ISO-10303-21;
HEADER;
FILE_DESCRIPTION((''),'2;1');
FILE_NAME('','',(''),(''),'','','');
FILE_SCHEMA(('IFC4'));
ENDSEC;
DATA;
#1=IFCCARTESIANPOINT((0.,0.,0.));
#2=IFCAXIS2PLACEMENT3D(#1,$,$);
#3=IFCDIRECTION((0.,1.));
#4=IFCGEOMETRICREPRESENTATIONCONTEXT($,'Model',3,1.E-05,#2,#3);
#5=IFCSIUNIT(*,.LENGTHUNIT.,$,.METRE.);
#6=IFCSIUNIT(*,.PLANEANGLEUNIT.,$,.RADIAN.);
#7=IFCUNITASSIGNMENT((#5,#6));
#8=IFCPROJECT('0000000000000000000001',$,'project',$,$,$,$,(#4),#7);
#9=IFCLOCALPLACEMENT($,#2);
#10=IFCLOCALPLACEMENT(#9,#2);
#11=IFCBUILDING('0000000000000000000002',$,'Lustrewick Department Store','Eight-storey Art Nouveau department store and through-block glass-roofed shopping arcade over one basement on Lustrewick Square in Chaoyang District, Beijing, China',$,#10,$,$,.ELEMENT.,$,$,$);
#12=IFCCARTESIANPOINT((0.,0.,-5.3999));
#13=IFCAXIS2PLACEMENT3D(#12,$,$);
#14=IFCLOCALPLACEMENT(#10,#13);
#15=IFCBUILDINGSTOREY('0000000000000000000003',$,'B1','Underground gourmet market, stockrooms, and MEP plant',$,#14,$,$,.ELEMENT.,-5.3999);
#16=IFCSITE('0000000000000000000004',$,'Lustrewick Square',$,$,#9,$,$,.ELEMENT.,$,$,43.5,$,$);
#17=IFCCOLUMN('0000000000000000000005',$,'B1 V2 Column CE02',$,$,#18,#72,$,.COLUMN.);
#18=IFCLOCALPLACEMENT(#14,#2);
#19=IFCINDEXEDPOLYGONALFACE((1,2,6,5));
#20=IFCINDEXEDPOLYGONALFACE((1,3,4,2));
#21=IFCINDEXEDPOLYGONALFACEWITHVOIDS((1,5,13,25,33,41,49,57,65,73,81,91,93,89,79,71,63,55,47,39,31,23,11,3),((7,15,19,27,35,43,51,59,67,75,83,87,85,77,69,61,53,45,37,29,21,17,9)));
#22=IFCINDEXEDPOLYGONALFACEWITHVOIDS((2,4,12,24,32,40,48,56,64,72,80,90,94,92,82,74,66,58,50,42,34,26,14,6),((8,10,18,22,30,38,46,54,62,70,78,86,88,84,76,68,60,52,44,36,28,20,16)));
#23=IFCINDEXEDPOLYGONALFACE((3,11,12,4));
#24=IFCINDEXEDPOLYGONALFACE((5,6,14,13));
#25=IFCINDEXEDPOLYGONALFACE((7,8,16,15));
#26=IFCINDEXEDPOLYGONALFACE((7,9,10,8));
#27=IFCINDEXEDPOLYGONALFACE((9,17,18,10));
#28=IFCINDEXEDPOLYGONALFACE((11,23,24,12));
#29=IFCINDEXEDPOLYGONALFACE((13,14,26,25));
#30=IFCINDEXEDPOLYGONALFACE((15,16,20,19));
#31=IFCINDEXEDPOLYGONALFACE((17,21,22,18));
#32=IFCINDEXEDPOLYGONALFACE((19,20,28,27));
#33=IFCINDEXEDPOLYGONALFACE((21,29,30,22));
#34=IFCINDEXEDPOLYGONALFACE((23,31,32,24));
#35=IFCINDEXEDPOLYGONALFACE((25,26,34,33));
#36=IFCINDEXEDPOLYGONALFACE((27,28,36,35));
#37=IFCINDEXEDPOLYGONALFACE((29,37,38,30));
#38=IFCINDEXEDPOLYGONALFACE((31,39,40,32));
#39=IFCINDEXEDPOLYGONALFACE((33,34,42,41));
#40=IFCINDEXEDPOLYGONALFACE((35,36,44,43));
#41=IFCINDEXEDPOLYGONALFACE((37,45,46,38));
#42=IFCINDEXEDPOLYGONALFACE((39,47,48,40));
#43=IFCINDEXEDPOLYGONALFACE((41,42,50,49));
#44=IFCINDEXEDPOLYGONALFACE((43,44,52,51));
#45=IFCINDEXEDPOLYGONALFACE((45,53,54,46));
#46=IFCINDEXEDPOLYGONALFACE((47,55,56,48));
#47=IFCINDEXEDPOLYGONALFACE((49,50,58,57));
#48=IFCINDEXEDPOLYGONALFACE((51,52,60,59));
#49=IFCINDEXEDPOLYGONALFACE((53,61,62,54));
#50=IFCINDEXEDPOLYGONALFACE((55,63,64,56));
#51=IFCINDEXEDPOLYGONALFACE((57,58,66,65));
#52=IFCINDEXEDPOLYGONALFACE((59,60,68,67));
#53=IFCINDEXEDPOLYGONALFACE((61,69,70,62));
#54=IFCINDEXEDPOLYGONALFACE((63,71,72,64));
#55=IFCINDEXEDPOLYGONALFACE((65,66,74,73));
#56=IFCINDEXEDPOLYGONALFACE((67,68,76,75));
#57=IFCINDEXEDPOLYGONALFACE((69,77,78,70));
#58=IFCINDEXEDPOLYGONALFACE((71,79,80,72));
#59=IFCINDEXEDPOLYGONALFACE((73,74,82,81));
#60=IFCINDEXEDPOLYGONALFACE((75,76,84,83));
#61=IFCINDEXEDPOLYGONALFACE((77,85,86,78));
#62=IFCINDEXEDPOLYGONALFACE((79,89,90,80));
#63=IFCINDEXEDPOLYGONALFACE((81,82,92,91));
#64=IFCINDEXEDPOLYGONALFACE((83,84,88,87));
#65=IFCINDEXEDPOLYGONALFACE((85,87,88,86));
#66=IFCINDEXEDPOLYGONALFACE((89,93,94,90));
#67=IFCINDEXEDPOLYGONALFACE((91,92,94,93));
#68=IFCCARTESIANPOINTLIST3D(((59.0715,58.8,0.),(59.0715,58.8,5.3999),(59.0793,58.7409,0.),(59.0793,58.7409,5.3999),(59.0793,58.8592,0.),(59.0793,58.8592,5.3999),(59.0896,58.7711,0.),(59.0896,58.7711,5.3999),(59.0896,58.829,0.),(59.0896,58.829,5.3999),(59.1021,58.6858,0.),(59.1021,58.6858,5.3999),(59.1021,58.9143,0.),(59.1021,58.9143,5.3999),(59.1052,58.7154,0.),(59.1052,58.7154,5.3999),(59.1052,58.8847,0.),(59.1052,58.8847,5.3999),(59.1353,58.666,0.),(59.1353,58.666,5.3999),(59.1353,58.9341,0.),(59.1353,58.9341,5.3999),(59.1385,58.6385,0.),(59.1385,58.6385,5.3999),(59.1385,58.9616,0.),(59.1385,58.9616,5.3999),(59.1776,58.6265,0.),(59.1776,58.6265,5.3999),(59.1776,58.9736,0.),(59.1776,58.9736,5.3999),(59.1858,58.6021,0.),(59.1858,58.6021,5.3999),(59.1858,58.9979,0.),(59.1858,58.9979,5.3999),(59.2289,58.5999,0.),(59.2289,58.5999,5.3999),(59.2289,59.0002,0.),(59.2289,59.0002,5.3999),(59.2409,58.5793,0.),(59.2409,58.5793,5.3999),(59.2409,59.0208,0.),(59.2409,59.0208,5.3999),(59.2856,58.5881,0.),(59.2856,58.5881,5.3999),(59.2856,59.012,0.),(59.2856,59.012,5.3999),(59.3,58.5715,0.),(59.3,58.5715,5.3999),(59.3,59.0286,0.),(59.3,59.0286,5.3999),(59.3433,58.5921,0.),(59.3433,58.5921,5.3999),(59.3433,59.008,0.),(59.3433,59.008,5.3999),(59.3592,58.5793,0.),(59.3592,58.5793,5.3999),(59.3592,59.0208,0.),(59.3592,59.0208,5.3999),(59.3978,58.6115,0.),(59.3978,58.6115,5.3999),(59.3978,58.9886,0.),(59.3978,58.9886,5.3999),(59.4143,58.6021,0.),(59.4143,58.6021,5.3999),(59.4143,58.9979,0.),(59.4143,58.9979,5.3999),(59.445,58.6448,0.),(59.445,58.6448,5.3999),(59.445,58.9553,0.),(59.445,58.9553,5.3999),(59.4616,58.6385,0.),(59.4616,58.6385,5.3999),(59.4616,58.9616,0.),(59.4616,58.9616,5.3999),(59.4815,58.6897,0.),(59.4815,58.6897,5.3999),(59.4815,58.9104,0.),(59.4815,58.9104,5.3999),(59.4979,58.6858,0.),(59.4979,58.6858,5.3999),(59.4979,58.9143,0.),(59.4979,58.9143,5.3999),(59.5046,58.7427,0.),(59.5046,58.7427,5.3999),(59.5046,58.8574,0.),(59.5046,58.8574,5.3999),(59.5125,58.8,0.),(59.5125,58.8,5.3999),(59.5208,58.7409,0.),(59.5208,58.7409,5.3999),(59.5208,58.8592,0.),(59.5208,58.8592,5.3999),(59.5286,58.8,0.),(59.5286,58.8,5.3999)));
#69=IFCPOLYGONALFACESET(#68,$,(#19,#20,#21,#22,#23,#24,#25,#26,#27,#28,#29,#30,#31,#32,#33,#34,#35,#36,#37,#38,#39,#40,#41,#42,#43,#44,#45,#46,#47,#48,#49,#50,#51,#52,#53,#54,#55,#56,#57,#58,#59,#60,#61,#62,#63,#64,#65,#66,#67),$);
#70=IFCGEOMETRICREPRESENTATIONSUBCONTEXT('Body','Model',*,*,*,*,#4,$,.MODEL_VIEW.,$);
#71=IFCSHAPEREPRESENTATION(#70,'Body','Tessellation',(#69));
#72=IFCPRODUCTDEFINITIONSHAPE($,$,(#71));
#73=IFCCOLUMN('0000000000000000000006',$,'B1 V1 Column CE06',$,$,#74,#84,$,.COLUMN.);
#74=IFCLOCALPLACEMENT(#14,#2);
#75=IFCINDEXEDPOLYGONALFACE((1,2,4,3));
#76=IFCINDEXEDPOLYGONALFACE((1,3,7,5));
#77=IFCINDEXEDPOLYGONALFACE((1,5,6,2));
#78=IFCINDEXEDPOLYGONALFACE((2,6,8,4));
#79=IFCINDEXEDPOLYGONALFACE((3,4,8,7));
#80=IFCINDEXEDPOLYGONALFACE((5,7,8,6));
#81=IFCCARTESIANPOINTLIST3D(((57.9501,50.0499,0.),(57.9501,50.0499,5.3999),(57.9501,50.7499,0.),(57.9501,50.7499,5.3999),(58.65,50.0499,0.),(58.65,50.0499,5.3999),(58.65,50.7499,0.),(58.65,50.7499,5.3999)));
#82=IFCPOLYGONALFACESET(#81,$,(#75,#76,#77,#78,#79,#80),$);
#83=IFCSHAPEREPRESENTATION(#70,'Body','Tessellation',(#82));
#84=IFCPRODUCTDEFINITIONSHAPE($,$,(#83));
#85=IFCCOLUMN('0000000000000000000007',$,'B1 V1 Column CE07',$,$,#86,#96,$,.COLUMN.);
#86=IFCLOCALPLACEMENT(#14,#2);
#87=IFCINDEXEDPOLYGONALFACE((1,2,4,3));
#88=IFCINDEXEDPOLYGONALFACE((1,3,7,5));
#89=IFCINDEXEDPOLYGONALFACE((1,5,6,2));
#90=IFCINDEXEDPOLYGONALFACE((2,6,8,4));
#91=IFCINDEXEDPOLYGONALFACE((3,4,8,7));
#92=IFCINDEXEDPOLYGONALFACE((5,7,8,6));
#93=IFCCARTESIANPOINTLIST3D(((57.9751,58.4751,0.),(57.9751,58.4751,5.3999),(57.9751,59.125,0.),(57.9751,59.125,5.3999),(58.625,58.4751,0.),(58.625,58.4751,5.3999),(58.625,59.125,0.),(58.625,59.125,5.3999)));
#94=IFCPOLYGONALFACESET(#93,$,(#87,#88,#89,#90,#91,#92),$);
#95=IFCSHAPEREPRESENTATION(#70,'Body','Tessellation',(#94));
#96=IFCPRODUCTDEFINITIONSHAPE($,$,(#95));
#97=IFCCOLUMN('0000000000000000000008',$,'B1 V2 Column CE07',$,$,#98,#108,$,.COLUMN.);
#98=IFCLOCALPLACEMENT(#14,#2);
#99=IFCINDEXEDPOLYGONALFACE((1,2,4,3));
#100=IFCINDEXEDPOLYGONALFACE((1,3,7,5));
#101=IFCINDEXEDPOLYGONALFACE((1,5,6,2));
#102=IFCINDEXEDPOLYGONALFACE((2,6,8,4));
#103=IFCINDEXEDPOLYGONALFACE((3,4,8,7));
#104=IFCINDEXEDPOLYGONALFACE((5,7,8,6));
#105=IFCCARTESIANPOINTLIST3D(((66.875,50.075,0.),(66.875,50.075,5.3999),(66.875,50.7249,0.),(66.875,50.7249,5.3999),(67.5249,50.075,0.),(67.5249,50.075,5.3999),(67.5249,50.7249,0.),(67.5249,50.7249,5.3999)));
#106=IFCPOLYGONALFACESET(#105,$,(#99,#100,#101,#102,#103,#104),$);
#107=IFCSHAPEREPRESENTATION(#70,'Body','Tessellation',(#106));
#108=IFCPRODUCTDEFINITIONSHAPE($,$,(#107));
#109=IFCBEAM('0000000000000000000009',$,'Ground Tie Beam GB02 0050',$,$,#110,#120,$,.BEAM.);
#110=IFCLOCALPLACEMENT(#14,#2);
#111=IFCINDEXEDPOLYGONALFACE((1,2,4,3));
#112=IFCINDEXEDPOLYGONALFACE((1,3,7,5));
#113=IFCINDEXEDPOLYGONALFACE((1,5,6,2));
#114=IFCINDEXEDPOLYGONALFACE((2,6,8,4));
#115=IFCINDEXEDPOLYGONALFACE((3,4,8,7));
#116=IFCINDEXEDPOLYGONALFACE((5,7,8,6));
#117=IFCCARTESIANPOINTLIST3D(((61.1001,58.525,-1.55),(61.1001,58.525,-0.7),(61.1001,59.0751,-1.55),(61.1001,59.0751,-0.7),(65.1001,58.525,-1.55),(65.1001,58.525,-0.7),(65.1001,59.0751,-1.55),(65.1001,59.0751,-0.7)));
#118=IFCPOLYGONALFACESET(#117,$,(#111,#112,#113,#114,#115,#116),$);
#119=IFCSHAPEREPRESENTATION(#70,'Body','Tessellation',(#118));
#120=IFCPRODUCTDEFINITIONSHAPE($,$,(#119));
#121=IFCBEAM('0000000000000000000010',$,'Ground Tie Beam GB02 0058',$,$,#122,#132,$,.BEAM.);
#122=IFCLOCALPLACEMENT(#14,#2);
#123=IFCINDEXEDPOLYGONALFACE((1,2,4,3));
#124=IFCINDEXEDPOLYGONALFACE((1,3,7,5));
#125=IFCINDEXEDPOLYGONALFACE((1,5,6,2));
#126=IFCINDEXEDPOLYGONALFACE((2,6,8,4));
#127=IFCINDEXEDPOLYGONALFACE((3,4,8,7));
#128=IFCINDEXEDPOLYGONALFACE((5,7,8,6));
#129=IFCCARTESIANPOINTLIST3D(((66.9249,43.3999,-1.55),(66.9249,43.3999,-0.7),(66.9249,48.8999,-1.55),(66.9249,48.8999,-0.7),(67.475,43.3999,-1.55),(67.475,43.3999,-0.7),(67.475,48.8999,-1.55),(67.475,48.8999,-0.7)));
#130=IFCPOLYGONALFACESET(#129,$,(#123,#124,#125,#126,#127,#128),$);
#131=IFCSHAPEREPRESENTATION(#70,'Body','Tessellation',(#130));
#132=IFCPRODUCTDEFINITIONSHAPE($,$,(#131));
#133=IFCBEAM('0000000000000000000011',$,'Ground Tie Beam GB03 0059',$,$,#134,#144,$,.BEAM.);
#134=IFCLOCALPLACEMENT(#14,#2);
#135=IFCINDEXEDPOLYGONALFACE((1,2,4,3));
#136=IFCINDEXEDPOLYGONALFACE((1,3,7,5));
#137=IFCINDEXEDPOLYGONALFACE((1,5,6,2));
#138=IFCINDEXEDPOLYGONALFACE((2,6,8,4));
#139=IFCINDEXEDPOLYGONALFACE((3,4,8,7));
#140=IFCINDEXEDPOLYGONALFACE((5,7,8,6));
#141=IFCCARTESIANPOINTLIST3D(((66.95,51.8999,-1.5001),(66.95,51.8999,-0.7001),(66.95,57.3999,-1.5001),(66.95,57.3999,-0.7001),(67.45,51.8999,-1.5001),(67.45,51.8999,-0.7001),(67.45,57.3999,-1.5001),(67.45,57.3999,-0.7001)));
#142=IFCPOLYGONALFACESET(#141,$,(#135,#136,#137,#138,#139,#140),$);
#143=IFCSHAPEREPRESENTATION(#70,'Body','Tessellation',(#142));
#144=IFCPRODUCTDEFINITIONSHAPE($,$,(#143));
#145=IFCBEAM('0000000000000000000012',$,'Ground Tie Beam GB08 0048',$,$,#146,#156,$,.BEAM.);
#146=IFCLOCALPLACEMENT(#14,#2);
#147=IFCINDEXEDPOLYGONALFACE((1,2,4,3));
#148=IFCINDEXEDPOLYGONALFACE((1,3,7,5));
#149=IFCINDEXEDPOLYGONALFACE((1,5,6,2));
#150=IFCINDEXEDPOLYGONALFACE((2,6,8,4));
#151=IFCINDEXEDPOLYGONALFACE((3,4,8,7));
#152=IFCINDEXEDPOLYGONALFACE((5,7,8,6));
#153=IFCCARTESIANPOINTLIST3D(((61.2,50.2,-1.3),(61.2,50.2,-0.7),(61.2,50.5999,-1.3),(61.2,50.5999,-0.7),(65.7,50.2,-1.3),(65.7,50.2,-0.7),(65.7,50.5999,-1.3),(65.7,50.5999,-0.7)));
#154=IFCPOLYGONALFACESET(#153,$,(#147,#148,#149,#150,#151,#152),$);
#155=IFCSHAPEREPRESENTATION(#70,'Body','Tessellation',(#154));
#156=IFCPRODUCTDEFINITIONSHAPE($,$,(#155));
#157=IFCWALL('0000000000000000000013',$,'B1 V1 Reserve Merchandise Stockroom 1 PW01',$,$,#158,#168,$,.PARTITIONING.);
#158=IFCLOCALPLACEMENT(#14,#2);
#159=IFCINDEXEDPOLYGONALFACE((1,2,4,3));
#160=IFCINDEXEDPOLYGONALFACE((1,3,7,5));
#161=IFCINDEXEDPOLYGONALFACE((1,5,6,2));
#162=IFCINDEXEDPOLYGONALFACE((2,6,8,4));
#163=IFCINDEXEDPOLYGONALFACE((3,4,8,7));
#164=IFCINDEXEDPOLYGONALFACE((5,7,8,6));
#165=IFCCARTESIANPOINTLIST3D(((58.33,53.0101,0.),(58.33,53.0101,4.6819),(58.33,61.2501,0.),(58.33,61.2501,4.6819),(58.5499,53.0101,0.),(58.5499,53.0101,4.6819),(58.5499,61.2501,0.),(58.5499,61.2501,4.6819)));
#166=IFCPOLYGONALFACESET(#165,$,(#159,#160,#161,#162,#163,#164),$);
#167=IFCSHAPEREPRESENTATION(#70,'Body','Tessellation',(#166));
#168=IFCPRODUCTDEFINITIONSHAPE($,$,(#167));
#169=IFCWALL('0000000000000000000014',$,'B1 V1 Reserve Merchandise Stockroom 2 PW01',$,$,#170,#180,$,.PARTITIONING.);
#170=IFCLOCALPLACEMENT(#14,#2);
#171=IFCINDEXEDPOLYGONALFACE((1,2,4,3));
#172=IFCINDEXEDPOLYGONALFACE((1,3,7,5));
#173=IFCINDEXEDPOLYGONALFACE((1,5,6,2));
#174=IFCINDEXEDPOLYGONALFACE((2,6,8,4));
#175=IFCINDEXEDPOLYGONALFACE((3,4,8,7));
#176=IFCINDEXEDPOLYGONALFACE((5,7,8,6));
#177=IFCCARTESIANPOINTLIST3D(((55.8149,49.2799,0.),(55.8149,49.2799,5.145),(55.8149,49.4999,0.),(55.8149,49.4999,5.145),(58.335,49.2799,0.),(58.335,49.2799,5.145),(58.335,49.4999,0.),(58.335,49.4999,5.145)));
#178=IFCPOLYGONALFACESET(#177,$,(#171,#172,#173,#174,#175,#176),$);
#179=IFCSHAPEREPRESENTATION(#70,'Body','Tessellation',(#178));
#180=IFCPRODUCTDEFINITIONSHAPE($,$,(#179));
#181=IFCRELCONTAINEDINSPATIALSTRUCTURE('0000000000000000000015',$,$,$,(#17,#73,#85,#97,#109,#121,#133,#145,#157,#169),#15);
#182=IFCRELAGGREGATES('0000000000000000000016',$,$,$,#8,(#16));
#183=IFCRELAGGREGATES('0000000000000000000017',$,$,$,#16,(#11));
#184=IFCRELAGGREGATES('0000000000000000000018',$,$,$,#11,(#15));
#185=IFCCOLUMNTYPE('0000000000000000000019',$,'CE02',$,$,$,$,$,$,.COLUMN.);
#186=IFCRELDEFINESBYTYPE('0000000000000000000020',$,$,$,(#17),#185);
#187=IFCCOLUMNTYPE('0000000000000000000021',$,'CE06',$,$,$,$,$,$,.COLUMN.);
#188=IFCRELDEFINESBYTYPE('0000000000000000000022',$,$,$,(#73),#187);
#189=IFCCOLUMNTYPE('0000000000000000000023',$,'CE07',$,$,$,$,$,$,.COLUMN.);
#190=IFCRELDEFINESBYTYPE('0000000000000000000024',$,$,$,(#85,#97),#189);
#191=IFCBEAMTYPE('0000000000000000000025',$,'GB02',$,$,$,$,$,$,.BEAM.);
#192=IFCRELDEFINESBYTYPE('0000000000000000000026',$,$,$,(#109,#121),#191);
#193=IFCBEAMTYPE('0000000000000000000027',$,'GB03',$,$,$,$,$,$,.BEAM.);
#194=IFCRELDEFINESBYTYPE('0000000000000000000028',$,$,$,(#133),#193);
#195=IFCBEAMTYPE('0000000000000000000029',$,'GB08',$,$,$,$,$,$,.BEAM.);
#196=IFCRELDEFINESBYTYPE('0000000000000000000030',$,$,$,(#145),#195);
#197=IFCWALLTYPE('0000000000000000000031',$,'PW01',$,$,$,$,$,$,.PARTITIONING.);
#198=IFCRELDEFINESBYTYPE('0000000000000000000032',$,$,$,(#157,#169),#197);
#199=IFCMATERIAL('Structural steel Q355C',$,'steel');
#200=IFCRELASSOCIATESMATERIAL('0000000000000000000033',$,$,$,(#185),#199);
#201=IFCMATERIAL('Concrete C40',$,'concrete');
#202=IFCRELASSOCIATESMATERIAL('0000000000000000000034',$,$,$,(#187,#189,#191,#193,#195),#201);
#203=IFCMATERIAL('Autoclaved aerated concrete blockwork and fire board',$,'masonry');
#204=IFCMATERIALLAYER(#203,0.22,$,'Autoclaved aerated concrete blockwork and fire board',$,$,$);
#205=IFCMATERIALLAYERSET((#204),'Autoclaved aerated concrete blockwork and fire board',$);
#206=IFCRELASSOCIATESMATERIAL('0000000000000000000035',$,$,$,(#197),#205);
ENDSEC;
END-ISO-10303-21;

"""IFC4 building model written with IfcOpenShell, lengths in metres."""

from ifc_helpers import new_model, si_unit, direction, frame, frame_2d, origin, origin_2d, place, context, subcontext, project, spatial, rectangle, hollow_circle, extrude, material, layer, layer_set, material_profile, profile_set, type_object, element, save


model = new_model("IFC4")

# Units and contexts
model_context = context("Model", 3, precision=1e-05, world=origin(), true_north=direction((0.0, 1.0)))
body_context = subcontext(model_context, "Body", "Model", "MODEL_VIEW")
ifc_project = project(units=[si_unit("LENGTHUNIT", "METRE"), si_unit("PLANEANGLEUNIT", "RADIAN")], contexts=[model_context])

# Site, building, storey
site_placement = place(None, origin())
site = spatial("IfcSite", under=ifc_project, at=site_placement, Name="Lustrewick Square", CompositionType="ELEMENT", RefElevation=43.5)
building_placement = place(site_placement, origin())
building = spatial("IfcBuilding", under=site, at=building_placement, Name="Lustrewick Department Store", Description="Eight-storey Art Nouveau department store and through-block glass-roofed shopping arcade over one basement on Lustrewick Square in Chaoyang District, Beijing, China", CompositionType="ELEMENT")
storey_placement = place(building_placement, frame((0.0, 0.0, -5.3999)))
storey = spatial("IfcBuildingStorey", under=building, at=storey_placement, Name="B1", Description="Underground gourmet market, stockrooms, and MEP plant", CompositionType="ELEMENT", Elevation=-5.3999)

# Shared definitions
ifc_material_1 = material(Name="Concrete C40", Category="concrete")

# Columns
ifc_material_2 = material(Name="Structural steel Q355C", Category="steel")
ifc_material_profile_1 = material_profile(ifc_material_2, hollow_circle(Radius=0.2285, WallThickness=0.0161, at=origin_2d()), Name="CHS 457x16")
ifc_profile_set_1 = profile_set([ifc_material_profile_1], Name="Structural steel Q355C")
column_type_1 = type_object("IfcColumnType", Name="CE02", PredefinedType="COLUMN", material=ifc_profile_set_1)
column_1_placement = place(storey_placement, frame((59.3, 58.8, 0.0), z_axis=(0.0, 0.0, 1.0), x_axis=(1.0, 0.0, 0.0)))
element("IfcColumn", 1, at=column_1_placement, inside=storey, type_object=column_type_1, Name="B1 V2 Column CE02", PredefinedType="COLUMN", context=body_context, shape_type="SweptSolid", body=[
    extrude(hollow_circle(Radius=0.2285, WallThickness=0.0161, at=origin_2d()), origin(), (0.0, 0.0, 1.0), 5.3999),
])
ifc_material_profile_2 = material_profile(ifc_material_1, rectangle(XDim=0.7, YDim=0.7, at=origin_2d()), Name="RC 700x700")
ifc_profile_set_2 = profile_set([ifc_material_profile_2], Name="Concrete C40")
column_type_2 = type_object("IfcColumnType", Name="CE06", PredefinedType="COLUMN", material=ifc_profile_set_2)
column_2_placement = place(storey_placement, frame((58.3, 50.3999, 0.0), z_axis=(0.0, 0.0, 1.0), x_axis=(1.0, 0.0, 0.0)))
element("IfcColumn", 2, at=column_2_placement, inside=storey, type_object=column_type_2, Name="B1 V1 Column CE06", PredefinedType="COLUMN", context=body_context, shape_type="SweptSolid", body=[
    extrude(rectangle(XDim=0.7, YDim=0.7, at=origin_2d()), origin(), (0.0, 0.0, 1.0), 5.3999),
])
ifc_material_profile_3 = material_profile(ifc_material_1, rectangle(XDim=0.6499, YDim=0.6499, at=origin_2d()), Name="RC 650x650")
ifc_profile_set_3 = profile_set([ifc_material_profile_3], Name="Concrete C40")
column_type_3 = type_object("IfcColumnType", Name="CE07", PredefinedType="COLUMN", material=ifc_profile_set_3)
for number, where, z_axis, x_axis, name in (
    (3, (58.3, 58.8, 0.0), (0.0, 0.0, 1.0), (1.0, 0.0, 0.0), "B1 V1 Column CE07"),
    (4, (67.2, 50.3999, 0.0), (0.0, 0.0, 1.0), (1.0, 0.0, 0.0), "B1 V2 Column CE07"),
):
    element("IfcColumn", number, at=place(storey_placement, frame(where, z_axis=z_axis, x_axis=x_axis)), inside=storey, type_object=column_type_3, Name=name, PredefinedType="COLUMN", context=body_context, shape_type="SweptSolid", body=[
        extrude(rectangle(XDim=0.6499, YDim=0.6499, at=origin_2d()), origin(), (0.0, 0.0, 1.0), 5.3999),
    ])

# Beams
ifc_material_profile_4 = material_profile(ifc_material_1, rectangle(XDim=0.55, YDim=0.8501, at=origin_2d()), Name="RC 550x850")
ifc_profile_set_4 = profile_set([ifc_material_profile_4], Name="Concrete C40")
beam_type_1 = type_object("IfcBeamType", Name="GB02", PredefinedType="BEAM", material=ifc_profile_set_4)
beam_1_placement = place(storey_placement, frame((61.1001, 58.8, -1.125), z_axis=(1.0, 0.0, 0.0), x_axis=(0.0, 1.0, 0.0)))
element("IfcBeam", 5, at=beam_1_placement, inside=storey, type_object=beam_type_1, Name="Ground Tie Beam GB02 0050", PredefinedType="BEAM", context=body_context, shape_type="SweptSolid", body=[
    extrude(rectangle(XDim=0.55, YDim=0.8501, at=origin_2d()), origin(), (0.0, 0.0, 1.0), 4.0),
])
beam_2_placement = place(storey_placement, frame((67.2, 43.3999, -1.125), z_axis=(0.0, 1.0, 0.0), x_axis=(-1.0, 0.0, 0.0)))
element("IfcBeam", 6, at=beam_2_placement, inside=storey, type_object=beam_type_1, Name="Ground Tie Beam GB02 0058", PredefinedType="BEAM", context=body_context, shape_type="SweptSolid", body=[
    extrude(rectangle(XDim=0.55, YDim=0.8501, at=origin_2d()), origin(), (0.0, 0.0, 1.0), 5.5),
])
ifc_material_profile_5 = material_profile(ifc_material_1, rectangle(XDim=0.5, YDim=0.8, at=origin_2d()), Name="RC 500x800")
ifc_profile_set_5 = profile_set([ifc_material_profile_5], Name="Concrete C40")
beam_type_2 = type_object("IfcBeamType", Name="GB03", PredefinedType="BEAM", material=ifc_profile_set_5)
beam_3_placement = place(storey_placement, frame((67.2, 51.8999, -1.1001), z_axis=(0.0, 1.0, 0.0), x_axis=(-1.0, 0.0, 0.0)))
element("IfcBeam", 7, at=beam_3_placement, inside=storey, type_object=beam_type_2, Name="Ground Tie Beam GB03 0059", PredefinedType="BEAM", context=body_context, shape_type="SweptSolid", body=[
    extrude(rectangle(XDim=0.5, YDim=0.8, at=origin_2d()), origin(), (0.0, 0.0, 1.0), 5.5),
])
ifc_material_profile_6 = material_profile(ifc_material_1, rectangle(XDim=0.3999, YDim=0.6001, at=origin_2d()), Name="RC 400x600")
ifc_profile_set_6 = profile_set([ifc_material_profile_6], Name="Concrete C40")
beam_type_3 = type_object("IfcBeamType", Name="GB08", PredefinedType="BEAM", material=ifc_profile_set_6)
beam_4_placement = place(storey_placement, frame((61.2, 50.3999, -1.0), z_axis=(1.0, 0.0, 0.0), x_axis=(0.0, 1.0, 0.0)))
element("IfcBeam", 8, at=beam_4_placement, inside=storey, type_object=beam_type_3, Name="Ground Tie Beam GB08 0048", PredefinedType="BEAM", context=body_context, shape_type="SweptSolid", body=[
    extrude(rectangle(XDim=0.3999, YDim=0.6001, at=origin_2d()), origin(), (0.0, 0.0, 1.0), 4.5),
])

# Walls
ifc_material_3 = material(Name="Autoclaved aerated concrete blockwork and fire board", Category="masonry")
ifc_layer_1 = layer(ifc_material_3, 0.22, Name="Autoclaved aerated concrete blockwork and fire board")
ifc_layer_set_1 = layer_set([ifc_layer_1], Name="Autoclaved aerated concrete blockwork and fire board")
wall_type_1 = type_object("IfcWallType", Name="PW01", PredefinedType="PARTITIONING", material=ifc_layer_set_1)
wall_1_placement = place(storey_placement, frame((58.4399, 53.01, 0.0), z_axis=(0.0, 0.0, 1.0), x_axis=(0.0, 1.0, 0.0)))
element("IfcWall", 9, at=wall_1_placement, inside=storey, type_object=wall_type_1, Name="B1 V1 Reserve Merchandise Stockroom 1 PW01", PredefinedType="PARTITIONING", context=body_context, shape_type="SweptSolid", body=[
    extrude(rectangle(XDim=8.24, YDim=0.22, at=frame_2d((4.1201, 0.0))), origin(), (0.0, 0.0, 1.0), 4.6819),
])
wall_2_placement = place(storey_placement, frame((58.335, 49.3899, 0.0), z_axis=(0.0, 0.0, 1.0), x_axis=(-1.0, 0.0, 0.0)))
element("IfcWall", 10, at=wall_2_placement, inside=storey, type_object=wall_type_1, Name="B1 V1 Reserve Merchandise Stockroom 2 PW01", PredefinedType="PARTITIONING", context=body_context, shape_type="SweptSolid", body=[
    extrude(rectangle(XDim=2.52, YDim=0.22, at=frame_2d((1.26, 0.0))), origin(), (0.0, 0.0, 1.0), 5.145),
])

save(model, "model.ifc")
